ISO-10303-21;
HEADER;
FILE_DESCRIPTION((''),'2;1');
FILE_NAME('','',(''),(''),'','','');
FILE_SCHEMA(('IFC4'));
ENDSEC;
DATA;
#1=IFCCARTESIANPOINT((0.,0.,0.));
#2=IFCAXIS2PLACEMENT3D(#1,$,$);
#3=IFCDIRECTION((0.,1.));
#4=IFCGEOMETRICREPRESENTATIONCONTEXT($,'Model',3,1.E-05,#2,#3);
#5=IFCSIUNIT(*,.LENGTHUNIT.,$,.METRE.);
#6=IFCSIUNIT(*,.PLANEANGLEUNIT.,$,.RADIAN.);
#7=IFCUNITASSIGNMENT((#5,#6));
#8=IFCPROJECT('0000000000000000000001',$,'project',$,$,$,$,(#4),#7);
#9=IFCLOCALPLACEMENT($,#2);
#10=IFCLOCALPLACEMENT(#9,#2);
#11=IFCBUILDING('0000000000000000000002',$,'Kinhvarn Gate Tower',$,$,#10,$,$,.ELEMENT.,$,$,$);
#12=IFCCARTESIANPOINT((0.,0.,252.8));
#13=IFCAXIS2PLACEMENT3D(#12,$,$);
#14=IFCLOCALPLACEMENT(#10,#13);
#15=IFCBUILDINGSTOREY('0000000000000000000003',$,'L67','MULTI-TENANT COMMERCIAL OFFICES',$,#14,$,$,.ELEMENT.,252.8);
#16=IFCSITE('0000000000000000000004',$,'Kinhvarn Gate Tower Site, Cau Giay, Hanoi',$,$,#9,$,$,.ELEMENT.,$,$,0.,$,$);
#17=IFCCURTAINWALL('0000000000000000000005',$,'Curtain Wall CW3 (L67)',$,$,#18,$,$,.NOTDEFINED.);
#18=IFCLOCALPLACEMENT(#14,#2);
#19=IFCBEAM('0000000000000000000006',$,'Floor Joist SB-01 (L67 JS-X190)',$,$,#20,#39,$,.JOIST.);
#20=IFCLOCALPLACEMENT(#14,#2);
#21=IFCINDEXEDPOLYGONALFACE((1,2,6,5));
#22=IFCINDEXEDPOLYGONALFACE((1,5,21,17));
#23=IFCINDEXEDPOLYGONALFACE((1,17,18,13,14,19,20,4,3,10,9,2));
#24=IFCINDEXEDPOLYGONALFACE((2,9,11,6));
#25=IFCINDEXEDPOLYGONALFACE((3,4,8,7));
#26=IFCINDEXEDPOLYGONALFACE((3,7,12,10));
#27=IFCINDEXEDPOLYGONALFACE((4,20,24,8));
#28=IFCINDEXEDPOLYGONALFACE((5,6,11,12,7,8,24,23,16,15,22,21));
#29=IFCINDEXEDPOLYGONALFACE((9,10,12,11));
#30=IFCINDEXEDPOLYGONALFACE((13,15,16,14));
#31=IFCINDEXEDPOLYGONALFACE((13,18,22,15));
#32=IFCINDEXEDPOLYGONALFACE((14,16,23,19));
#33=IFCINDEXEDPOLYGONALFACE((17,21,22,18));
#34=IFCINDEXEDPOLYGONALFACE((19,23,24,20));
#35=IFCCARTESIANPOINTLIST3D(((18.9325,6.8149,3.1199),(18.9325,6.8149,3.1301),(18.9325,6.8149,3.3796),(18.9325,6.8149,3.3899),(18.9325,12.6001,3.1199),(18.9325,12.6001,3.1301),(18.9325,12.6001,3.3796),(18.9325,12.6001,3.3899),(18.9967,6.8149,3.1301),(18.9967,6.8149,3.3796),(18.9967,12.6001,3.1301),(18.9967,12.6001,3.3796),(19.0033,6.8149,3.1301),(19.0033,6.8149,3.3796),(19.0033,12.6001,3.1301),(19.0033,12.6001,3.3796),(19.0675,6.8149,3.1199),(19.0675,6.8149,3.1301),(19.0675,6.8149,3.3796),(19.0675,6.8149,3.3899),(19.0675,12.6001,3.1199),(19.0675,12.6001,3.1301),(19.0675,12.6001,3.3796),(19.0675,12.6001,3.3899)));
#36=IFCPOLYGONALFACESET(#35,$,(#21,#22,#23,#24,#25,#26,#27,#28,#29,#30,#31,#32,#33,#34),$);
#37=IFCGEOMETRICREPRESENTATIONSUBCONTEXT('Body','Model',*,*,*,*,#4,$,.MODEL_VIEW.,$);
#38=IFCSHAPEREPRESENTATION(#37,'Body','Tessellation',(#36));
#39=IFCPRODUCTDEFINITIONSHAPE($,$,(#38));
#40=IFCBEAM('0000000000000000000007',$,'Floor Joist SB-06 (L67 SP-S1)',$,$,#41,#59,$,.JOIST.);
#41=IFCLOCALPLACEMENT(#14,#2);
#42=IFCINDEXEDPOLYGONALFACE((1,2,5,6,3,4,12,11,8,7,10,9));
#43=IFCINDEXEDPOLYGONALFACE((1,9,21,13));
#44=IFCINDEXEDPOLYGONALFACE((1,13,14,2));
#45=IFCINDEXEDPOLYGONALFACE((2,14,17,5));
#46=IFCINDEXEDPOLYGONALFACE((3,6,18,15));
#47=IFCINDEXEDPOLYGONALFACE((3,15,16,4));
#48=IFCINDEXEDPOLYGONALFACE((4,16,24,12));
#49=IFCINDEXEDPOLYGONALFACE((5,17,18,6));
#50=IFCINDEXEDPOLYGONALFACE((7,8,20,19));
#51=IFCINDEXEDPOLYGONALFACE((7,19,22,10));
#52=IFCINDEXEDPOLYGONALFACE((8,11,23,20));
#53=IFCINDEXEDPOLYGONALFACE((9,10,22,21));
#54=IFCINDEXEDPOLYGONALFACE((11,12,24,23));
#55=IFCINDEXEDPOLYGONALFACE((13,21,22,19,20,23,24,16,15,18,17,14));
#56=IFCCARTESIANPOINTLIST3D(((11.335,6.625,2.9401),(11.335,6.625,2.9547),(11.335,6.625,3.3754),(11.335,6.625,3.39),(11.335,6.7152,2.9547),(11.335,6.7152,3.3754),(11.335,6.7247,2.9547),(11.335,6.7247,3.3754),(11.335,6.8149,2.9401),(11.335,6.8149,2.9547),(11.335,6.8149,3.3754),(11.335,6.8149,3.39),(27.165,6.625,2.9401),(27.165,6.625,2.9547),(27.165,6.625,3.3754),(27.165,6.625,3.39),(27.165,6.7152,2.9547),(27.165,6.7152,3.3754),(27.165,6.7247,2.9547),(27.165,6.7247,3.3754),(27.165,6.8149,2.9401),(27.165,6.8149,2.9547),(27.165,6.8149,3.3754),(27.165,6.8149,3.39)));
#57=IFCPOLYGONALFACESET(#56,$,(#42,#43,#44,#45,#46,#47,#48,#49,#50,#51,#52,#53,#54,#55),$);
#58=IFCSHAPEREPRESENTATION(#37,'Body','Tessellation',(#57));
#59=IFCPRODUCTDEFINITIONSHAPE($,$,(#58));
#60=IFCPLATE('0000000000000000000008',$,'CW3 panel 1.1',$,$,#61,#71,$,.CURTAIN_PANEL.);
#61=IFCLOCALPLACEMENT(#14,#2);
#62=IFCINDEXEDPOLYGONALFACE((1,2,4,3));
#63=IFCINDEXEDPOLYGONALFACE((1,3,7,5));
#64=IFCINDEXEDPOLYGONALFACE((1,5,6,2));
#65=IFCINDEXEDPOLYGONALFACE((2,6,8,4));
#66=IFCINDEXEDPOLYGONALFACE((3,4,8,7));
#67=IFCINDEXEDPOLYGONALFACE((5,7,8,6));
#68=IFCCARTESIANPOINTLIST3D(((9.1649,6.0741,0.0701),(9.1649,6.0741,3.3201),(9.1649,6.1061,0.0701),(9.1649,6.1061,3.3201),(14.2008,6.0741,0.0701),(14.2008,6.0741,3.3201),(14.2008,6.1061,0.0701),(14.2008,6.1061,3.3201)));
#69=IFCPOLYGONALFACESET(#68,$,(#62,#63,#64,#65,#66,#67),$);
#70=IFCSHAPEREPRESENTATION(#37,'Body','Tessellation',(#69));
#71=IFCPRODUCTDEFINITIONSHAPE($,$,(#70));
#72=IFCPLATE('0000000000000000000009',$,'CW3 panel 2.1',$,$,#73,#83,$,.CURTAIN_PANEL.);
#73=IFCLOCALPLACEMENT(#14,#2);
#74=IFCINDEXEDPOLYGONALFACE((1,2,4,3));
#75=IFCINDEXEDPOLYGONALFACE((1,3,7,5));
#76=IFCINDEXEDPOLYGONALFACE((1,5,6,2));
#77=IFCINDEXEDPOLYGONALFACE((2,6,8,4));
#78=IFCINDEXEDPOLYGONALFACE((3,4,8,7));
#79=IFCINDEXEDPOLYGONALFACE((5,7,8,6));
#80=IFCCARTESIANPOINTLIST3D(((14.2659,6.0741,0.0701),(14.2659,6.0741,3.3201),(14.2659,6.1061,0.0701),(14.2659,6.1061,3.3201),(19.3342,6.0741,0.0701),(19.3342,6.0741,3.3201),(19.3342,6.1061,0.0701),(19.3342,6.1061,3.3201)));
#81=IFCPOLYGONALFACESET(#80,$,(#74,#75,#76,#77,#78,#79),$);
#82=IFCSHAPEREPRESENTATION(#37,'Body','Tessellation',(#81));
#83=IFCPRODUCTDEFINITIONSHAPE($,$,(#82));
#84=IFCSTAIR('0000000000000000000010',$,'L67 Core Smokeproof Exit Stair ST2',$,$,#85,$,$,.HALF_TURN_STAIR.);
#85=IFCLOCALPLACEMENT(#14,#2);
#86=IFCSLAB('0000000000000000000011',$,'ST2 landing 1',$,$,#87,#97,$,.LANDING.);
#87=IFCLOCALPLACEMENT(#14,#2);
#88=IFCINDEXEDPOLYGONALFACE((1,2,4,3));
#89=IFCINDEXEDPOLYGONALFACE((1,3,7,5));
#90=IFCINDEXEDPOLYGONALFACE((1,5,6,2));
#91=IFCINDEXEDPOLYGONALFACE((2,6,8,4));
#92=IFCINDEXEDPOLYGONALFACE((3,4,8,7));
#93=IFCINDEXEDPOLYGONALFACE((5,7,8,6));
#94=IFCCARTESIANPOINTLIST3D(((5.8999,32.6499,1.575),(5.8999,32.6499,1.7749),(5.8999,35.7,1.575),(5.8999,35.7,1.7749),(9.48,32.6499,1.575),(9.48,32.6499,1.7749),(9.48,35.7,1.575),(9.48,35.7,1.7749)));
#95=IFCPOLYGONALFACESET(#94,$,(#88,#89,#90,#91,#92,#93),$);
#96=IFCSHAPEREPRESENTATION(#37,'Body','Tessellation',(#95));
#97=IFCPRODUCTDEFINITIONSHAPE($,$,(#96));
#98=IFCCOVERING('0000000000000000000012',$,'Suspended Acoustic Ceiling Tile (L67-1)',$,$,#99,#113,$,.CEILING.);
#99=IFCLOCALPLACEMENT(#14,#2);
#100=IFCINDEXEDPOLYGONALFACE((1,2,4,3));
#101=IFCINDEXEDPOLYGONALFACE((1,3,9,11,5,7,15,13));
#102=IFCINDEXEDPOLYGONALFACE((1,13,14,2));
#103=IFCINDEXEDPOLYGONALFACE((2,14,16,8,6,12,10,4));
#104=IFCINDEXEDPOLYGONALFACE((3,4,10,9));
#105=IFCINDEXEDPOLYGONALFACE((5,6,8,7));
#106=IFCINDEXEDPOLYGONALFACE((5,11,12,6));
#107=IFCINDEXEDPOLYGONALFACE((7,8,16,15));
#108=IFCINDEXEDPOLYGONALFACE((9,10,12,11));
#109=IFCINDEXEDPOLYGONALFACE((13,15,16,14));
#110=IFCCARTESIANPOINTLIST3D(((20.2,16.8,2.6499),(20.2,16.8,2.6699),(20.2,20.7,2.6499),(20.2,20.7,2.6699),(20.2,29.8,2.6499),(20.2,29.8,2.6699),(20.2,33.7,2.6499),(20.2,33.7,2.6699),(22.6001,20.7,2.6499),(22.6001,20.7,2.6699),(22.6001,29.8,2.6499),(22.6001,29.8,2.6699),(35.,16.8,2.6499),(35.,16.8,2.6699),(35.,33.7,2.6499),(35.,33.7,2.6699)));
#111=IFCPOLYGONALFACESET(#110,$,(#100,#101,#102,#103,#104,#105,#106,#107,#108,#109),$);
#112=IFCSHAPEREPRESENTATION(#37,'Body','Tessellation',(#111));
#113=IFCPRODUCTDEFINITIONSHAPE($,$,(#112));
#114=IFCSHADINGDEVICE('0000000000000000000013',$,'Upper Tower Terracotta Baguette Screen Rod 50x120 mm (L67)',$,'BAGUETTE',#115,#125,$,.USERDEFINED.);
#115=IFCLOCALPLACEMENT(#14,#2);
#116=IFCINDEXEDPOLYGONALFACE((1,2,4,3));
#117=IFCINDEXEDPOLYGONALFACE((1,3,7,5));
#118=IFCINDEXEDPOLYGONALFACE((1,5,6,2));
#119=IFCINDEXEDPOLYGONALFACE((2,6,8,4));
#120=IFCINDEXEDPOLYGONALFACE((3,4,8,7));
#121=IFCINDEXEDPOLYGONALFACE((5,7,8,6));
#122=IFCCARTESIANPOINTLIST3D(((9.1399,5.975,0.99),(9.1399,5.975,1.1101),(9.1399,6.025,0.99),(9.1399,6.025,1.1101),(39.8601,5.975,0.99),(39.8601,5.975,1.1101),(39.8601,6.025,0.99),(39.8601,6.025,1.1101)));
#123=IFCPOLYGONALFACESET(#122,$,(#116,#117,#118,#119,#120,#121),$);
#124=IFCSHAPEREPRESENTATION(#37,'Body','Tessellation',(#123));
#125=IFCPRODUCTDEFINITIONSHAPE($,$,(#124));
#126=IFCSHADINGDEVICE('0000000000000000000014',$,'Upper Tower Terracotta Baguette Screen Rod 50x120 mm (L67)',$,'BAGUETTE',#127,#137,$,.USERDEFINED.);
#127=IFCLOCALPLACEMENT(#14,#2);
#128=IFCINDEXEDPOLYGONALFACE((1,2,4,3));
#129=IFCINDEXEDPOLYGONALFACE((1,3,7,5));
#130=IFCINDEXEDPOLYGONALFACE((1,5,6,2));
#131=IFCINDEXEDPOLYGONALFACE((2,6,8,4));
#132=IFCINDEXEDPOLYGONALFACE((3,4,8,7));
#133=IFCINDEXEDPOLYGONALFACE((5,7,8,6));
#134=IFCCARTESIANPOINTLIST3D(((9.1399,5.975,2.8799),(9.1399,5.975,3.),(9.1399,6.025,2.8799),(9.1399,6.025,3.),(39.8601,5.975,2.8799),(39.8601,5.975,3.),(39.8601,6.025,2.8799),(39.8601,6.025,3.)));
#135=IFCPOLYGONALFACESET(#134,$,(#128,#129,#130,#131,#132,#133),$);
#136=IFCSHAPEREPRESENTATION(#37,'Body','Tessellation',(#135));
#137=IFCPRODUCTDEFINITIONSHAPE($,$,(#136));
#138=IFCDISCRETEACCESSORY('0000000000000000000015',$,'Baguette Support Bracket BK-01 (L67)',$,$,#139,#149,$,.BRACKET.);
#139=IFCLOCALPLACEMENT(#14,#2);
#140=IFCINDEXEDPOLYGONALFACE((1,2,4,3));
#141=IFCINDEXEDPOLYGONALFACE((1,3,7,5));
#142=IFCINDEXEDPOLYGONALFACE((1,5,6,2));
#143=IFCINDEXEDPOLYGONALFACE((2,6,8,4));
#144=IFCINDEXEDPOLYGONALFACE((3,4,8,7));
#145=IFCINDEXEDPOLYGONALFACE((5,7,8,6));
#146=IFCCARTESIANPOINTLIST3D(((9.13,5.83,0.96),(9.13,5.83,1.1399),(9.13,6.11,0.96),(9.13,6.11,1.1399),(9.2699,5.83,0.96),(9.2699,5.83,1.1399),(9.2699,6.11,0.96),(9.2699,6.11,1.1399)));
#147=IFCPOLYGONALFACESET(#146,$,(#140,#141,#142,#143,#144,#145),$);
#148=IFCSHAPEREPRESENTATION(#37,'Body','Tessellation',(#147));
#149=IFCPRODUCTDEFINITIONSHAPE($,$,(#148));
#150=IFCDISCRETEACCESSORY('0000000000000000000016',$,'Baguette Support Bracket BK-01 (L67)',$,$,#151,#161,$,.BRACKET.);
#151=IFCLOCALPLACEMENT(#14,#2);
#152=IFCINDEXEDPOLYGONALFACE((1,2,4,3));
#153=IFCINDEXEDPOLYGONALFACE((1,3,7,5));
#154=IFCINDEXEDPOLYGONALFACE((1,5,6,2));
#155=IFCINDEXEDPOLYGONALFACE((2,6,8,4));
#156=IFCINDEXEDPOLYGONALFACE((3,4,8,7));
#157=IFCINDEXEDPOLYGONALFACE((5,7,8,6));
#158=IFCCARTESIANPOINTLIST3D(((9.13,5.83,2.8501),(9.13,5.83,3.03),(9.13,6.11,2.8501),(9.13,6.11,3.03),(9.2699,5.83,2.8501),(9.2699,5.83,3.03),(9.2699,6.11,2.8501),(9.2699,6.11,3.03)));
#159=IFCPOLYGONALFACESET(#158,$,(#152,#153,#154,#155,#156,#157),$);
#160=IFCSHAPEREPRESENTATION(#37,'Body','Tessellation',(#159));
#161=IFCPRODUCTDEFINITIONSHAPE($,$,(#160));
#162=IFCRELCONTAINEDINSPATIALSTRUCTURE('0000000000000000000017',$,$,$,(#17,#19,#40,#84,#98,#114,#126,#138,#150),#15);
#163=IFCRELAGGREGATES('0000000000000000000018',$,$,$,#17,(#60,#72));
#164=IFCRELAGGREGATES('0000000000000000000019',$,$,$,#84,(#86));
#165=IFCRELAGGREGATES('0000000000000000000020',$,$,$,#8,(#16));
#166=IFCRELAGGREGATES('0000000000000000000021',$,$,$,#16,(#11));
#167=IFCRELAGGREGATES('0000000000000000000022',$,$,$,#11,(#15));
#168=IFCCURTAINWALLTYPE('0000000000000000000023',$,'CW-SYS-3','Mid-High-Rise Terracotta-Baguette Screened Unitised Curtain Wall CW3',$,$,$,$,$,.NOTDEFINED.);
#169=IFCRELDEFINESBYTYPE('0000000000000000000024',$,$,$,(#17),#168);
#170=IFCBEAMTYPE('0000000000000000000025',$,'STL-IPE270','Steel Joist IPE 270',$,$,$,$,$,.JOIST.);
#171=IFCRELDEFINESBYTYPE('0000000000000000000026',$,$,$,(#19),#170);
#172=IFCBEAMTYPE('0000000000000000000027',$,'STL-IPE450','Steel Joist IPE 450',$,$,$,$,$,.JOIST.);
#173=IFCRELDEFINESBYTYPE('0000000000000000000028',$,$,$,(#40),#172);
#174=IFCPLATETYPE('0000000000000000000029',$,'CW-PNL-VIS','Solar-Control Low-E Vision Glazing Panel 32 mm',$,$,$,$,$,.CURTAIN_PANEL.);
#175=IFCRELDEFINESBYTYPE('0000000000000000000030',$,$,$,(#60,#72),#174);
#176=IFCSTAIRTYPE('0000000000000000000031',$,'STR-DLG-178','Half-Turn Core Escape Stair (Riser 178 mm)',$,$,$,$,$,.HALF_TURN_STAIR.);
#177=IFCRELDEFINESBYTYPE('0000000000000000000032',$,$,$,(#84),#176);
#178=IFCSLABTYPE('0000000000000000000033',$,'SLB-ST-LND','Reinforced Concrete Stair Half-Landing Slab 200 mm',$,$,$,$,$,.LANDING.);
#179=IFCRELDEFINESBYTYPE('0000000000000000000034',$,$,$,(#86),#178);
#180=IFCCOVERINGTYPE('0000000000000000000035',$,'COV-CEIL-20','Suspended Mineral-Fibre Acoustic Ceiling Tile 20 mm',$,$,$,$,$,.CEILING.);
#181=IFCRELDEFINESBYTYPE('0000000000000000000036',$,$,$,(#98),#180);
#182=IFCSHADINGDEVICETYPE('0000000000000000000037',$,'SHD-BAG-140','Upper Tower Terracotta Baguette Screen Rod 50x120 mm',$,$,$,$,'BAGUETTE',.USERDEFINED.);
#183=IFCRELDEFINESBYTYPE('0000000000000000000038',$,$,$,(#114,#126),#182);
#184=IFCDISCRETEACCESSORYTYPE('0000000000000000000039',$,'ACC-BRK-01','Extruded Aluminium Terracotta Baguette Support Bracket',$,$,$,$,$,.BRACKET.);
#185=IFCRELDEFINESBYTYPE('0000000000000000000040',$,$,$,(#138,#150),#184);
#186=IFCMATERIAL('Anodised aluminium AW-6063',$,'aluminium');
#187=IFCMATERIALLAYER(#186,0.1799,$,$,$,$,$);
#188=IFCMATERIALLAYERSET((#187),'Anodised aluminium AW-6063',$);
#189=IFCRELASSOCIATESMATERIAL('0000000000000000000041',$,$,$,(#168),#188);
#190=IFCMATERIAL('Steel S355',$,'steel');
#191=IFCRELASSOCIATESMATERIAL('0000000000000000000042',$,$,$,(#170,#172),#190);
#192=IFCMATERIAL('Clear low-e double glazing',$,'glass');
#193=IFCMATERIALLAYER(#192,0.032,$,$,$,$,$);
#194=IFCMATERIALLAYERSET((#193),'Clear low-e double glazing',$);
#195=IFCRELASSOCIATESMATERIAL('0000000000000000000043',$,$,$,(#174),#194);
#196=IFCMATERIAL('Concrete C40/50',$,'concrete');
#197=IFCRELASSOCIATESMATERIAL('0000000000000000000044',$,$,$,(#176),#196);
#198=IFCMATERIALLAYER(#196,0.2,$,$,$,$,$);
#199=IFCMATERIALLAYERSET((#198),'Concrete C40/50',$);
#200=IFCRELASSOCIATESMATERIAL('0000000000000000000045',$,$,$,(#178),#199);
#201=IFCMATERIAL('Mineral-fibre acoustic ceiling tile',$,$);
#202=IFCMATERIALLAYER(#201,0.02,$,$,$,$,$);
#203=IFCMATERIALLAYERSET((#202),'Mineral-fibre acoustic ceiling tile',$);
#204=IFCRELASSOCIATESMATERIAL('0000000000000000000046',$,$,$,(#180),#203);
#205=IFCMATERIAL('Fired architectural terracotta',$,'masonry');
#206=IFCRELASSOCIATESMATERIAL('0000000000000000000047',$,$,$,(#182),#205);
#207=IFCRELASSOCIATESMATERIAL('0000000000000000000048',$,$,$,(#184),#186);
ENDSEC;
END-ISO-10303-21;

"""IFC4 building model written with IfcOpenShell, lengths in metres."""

from ifc_helpers import new_model, si_unit, direction, frame, origin, origin_2d, place, context, subcontext, project, spatial, polyline, rectangle, i_section, outline, extrude, material, layer, layer_set, material_profile, profile_set, type_object, element, aggregate, save


model = new_model("IFC4")

# Units and contexts
model_context = context("Model", 3, precision=1e-05, world=origin(), true_north=direction((0.0, 1.0)))
body_context = subcontext(model_context, "Body", "Model", "MODEL_VIEW")
ifc_project = project(units=[si_unit("LENGTHUNIT", "METRE"), si_unit("PLANEANGLEUNIT", "RADIAN")], contexts=[model_context])

# Site, building, storey
site_placement = place(None, origin())
site = spatial("IfcSite", under=ifc_project, at=site_placement, Name="Kinhvarn Gate Tower Site, Cau Giay, Hanoi", CompositionType="ELEMENT", RefElevation=0.0)
building_placement = place(site_placement, origin())
building = spatial("IfcBuilding", under=site, at=building_placement, Name="Kinhvarn Gate Tower", CompositionType="ELEMENT")
storey_placement = place(building_placement, frame((0.0, 0.0, 252.8)))
storey = spatial("IfcBuildingStorey", under=building, at=storey_placement, Name="L67", Description="MULTI-TENANT COMMERCIAL OFFICES", CompositionType="ELEMENT", Elevation=252.8)

# Curtain wall
ifc_material_1 = material(Name="Anodised aluminium AW-6063", Category="aluminium")
ifc_layer_1 = layer(ifc_material_1, 0.1799)
ifc_layer_set_1 = layer_set([ifc_layer_1], Name="Anodised aluminium AW-6063")
curtain_wall_type = type_object("IfcCurtainWallType", Name="CW-SYS-3", Description="Mid-High-Rise Terracotta-Baguette Screened Unitised Curtain Wall CW3", PredefinedType="NOTDEFINED", material=ifc_layer_set_1)
curtain_wall_placement = place(storey_placement, origin())
curtain_wall = element("IfcCurtainWall", 1, at=curtain_wall_placement, inside=storey, type_object=curtain_wall_type, Name="Curtain Wall CW3 (L67)", PredefinedType="NOTDEFINED")

# Beams
ifc_material_2 = material(Name="Steel S355", Category="steel")
ifc_material_profile_1 = material_profile(ifc_material_2, i_section(OverallWidth=0.135, OverallDepth=0.27, WebThickness=0.0066, FlangeThickness=0.0103, at=origin_2d()), Name="IPE 270")
ifc_profile_set_1 = profile_set([ifc_material_profile_1], Name="Steel S355")
beam_type_1 = type_object("IfcBeamType", Name="STL-IPE270", Description="Steel Joist IPE 270", PredefinedType="JOIST", material=ifc_profile_set_1)
for number, where, z_axis, x_axis, name in (
    (2, (19.0, 6.8149, 3.2549), (0.0, 1.0, 0.0), (-1.0, 0.0, 0.0), "Floor Joist SB-01 (L67 JS-X190)"),
):
    element("IfcBeam", number, at=place(storey_placement, frame(where, z_axis=z_axis, x_axis=x_axis)), inside=storey, type_object=beam_type_1, Name=name, PredefinedType="JOIST", context=body_context, shape_type="SweptSolid", body=[
        extrude(i_section(OverallWidth=0.135, OverallDepth=0.27, WebThickness=0.0066, FlangeThickness=0.0103, at=origin_2d()), origin(), (0.0, 0.0, 1.0), 5.7852),
    ])
ifc_material_profile_2 = material_profile(ifc_material_2, i_section(OverallWidth=0.1899, OverallDepth=0.45, WebThickness=0.0095, FlangeThickness=0.0146, at=origin_2d()), Name="IPE 450")
ifc_profile_set_2 = profile_set([ifc_material_profile_2], Name="Steel S355")
beam_type_2 = type_object("IfcBeamType", Name="STL-IPE450", Description="Steel Joist IPE 450", PredefinedType="JOIST", material=ifc_profile_set_2)
beam_1_placement = place(storey_placement, frame((11.335, 6.72, 3.165), z_axis=(1.0, 0.0, 0.0), x_axis=(0.0, 1.0, 0.0)))
element("IfcBeam", 3, at=beam_1_placement, inside=storey, type_object=beam_type_2, Name="Floor Joist SB-06 (L67 SP-S1)", PredefinedType="JOIST", context=body_context, shape_type="SweptSolid", body=[
    extrude(i_section(OverallWidth=0.1899, OverallDepth=0.45, WebThickness=0.0095, FlangeThickness=0.0146, at=origin_2d()), origin(), (0.0, 0.0, 1.0), 15.8301),
])

# Plates
ifc_material_3 = material(Name="Clear low-e double glazing", Category="glass")
ifc_layer_2 = layer(ifc_material_3, 0.032)
ifc_layer_set_2 = layer_set([ifc_layer_2], Name="Clear low-e double glazing")
plate_type = type_object("IfcPlateType", Name="CW-PNL-VIS", Description="Solar-Control Low-E Vision Glazing Panel 32 mm", PredefinedType="CURTAIN_PANEL", material=ifc_layer_set_2)
plate_1_placement = place(storey_placement, frame((11.6829, 6.0901, 0.0701), z_axis=(0.0, 0.0, 1.0), x_axis=(1.0, 0.0, 0.0)))
plate_1 = element("IfcPlate", 4, at=plate_1_placement, type_object=plate_type, Name="CW3 panel 1.1", PredefinedType="CURTAIN_PANEL", context=body_context, shape_type="SweptSolid", body=[
    extrude(rectangle(XDim=5.0359, YDim=0.032, at=origin_2d()), origin(), (0.0, 0.0, 1.0), 3.25),
])
plate_2_placement = place(storey_placement, frame((16.8, 6.0901, 0.0701), z_axis=(0.0, 0.0, 1.0), x_axis=(1.0, 0.0, 0.0)))
plate_2 = element("IfcPlate", 5, at=plate_2_placement, type_object=plate_type, Name="CW3 panel 2.1", PredefinedType="CURTAIN_PANEL", context=body_context, shape_type="SweptSolid", body=[
    extrude(rectangle(XDim=5.0684, YDim=0.032, at=origin_2d()), origin(), (0.0, 0.0, 1.0), 3.25),
])
aggregate(curtain_wall, [plate_1, plate_2])

# Stair, slab
ifc_material_4 = material(Name="Concrete C40/50", Category="concrete")
stair_type = type_object("IfcStairType", Name="STR-DLG-178", Description="Half-Turn Core Escape Stair (Riser 178 mm)", PredefinedType="HALF_TURN_STAIR", material=ifc_material_4)
stair_placement = place(storey_placement, origin())
stair = element("IfcStair", 6, at=stair_placement, inside=storey, type_object=stair_type, Name="L67 Core Smokeproof Exit Stair ST2", PredefinedType="HALF_TURN_STAIR")
ifc_layer_3 = layer(ifc_material_4, 0.2)
ifc_layer_set_3 = layer_set([ifc_layer_3], Name="Concrete C40/50")
slab_type = type_object("IfcSlabType", Name="SLB-ST-LND", Description="Reinforced Concrete Stair Half-Landing Slab 200 mm", PredefinedType="LANDING", material=ifc_layer_set_3)
slab_placement = place(storey_placement, frame((0.0, 0.0, 1.575)))
slab = element("IfcSlab", 7, at=slab_placement, type_object=slab_type, Name="ST2 landing 1", PredefinedType="LANDING", context=body_context, shape_type="SweptSolid", body=[
    extrude(outline(polyline([(9.48, 35.7), (5.8999, 35.7), (5.8999, 32.6499), (9.48, 32.6499), (9.48, 35.7)])), origin(), (0.0, 0.0, 1.0), 0.2),
])
aggregate(stair, [slab])

# Covering
ifc_material_5 = material(Name="Mineral-fibre acoustic ceiling tile")
ifc_layer_4 = layer(ifc_material_5, 0.02)
ifc_layer_set_4 = layer_set([ifc_layer_4], Name="Mineral-fibre acoustic ceiling tile")
covering_type = type_object("IfcCoveringType", Name="COV-CEIL-20", Description="Suspended Mineral-Fibre Acoustic Ceiling Tile 20 mm", PredefinedType="CEILING", material=ifc_layer_set_4)
covering_placement = place(storey_placement, frame((0.0, 0.0, 2.6499)))
element("IfcCovering", 8, at=covering_placement, inside=storey, type_object=covering_type, Name="Suspended Acoustic Ceiling Tile (L67-1)", PredefinedType="CEILING", context=body_context, shape_type="SweptSolid", body=[
    extrude(outline(polyline([(35.0, 33.7), (35.0, 16.8), (20.2, 16.8), (20.2, 20.7), (22.6001, 20.7), (22.6001, 29.8), (20.2, 29.8), (20.2, 33.7), (35.0, 33.7)])), origin(), (0.0, 0.0, 1.0), 0.02),
])

# Shading devices
ifc_material_6 = material(Name="Fired architectural terracotta", Category="masonry")
ifc_material_profile_3 = material_profile(ifc_material_6, rectangle(XDim=0.05, YDim=0.1201, at=origin_2d()), Name="TC 50x120")
ifc_profile_set_3 = profile_set([ifc_material_profile_3], Name="Fired architectural terracotta")
shading_device_type = type_object("IfcShadingDeviceType", Name="SHD-BAG-140", Description="Upper Tower Terracotta Baguette Screen Rod 50x120 mm", ElementType="BAGUETTE", PredefinedType="USERDEFINED", material=ifc_profile_set_3)
for number, where, z_axis, x_axis, name in (
    (9, (9.1399, 6.0, 1.05), (1.0, 0.0, 0.0), (0.0, 1.0, 0.0), "Upper Tower Terracotta Baguette Screen Rod 50x120 mm (L67)"),
    (10, (9.1399, 6.0, 2.9399), (1.0, 0.0, 0.0), (0.0, 1.0, 0.0), "Upper Tower Terracotta Baguette Screen Rod 50x120 mm (L67)"),
):
    element("IfcShadingDevice", number, at=place(storey_placement, frame(where, z_axis=z_axis, x_axis=x_axis)), inside=storey, type_object=shading_device_type, Name=name, ObjectType="BAGUETTE", PredefinedType="USERDEFINED", context=body_context, shape_type="SweptSolid", body=[
        extrude(rectangle(XDim=0.05, YDim=0.1201, at=origin_2d()), origin(), (0.0, 0.0, 1.0), 30.7202),
    ])

# Discrete accessories
discrete_accessory_type = type_object("IfcDiscreteAccessoryType", Name="ACC-BRK-01", Description="Extruded Aluminium Terracotta Baguette Support Bracket", PredefinedType="BRACKET", material=ifc_material_1)
for number, where, z_axis, x_axis, name in (
    (11, (9.2, 5.97, 0.96), (0.0, 0.0, 1.0), (1.0, 0.0, 0.0), "Baguette Support Bracket BK-01 (L67)"),
    (12, (9.2, 5.97, 2.8501), (0.0, 0.0, 1.0), (1.0, 0.0, 0.0), "Baguette Support Bracket BK-01 (L67)"),
):
    element("IfcDiscreteAccessory", number, at=place(storey_placement, frame(where, z_axis=z_axis, x_axis=x_axis)), inside=storey, type_object=discrete_accessory_type, Name=name, PredefinedType="BRACKET", context=body_context, shape_type="SweptSolid", body=[
        extrude(rectangle(XDim=0.1399, YDim=0.28, at=origin_2d()), origin(), (0.0, 0.0, 1.0), 0.1799),
    ])

save(model, "model.ifc")
